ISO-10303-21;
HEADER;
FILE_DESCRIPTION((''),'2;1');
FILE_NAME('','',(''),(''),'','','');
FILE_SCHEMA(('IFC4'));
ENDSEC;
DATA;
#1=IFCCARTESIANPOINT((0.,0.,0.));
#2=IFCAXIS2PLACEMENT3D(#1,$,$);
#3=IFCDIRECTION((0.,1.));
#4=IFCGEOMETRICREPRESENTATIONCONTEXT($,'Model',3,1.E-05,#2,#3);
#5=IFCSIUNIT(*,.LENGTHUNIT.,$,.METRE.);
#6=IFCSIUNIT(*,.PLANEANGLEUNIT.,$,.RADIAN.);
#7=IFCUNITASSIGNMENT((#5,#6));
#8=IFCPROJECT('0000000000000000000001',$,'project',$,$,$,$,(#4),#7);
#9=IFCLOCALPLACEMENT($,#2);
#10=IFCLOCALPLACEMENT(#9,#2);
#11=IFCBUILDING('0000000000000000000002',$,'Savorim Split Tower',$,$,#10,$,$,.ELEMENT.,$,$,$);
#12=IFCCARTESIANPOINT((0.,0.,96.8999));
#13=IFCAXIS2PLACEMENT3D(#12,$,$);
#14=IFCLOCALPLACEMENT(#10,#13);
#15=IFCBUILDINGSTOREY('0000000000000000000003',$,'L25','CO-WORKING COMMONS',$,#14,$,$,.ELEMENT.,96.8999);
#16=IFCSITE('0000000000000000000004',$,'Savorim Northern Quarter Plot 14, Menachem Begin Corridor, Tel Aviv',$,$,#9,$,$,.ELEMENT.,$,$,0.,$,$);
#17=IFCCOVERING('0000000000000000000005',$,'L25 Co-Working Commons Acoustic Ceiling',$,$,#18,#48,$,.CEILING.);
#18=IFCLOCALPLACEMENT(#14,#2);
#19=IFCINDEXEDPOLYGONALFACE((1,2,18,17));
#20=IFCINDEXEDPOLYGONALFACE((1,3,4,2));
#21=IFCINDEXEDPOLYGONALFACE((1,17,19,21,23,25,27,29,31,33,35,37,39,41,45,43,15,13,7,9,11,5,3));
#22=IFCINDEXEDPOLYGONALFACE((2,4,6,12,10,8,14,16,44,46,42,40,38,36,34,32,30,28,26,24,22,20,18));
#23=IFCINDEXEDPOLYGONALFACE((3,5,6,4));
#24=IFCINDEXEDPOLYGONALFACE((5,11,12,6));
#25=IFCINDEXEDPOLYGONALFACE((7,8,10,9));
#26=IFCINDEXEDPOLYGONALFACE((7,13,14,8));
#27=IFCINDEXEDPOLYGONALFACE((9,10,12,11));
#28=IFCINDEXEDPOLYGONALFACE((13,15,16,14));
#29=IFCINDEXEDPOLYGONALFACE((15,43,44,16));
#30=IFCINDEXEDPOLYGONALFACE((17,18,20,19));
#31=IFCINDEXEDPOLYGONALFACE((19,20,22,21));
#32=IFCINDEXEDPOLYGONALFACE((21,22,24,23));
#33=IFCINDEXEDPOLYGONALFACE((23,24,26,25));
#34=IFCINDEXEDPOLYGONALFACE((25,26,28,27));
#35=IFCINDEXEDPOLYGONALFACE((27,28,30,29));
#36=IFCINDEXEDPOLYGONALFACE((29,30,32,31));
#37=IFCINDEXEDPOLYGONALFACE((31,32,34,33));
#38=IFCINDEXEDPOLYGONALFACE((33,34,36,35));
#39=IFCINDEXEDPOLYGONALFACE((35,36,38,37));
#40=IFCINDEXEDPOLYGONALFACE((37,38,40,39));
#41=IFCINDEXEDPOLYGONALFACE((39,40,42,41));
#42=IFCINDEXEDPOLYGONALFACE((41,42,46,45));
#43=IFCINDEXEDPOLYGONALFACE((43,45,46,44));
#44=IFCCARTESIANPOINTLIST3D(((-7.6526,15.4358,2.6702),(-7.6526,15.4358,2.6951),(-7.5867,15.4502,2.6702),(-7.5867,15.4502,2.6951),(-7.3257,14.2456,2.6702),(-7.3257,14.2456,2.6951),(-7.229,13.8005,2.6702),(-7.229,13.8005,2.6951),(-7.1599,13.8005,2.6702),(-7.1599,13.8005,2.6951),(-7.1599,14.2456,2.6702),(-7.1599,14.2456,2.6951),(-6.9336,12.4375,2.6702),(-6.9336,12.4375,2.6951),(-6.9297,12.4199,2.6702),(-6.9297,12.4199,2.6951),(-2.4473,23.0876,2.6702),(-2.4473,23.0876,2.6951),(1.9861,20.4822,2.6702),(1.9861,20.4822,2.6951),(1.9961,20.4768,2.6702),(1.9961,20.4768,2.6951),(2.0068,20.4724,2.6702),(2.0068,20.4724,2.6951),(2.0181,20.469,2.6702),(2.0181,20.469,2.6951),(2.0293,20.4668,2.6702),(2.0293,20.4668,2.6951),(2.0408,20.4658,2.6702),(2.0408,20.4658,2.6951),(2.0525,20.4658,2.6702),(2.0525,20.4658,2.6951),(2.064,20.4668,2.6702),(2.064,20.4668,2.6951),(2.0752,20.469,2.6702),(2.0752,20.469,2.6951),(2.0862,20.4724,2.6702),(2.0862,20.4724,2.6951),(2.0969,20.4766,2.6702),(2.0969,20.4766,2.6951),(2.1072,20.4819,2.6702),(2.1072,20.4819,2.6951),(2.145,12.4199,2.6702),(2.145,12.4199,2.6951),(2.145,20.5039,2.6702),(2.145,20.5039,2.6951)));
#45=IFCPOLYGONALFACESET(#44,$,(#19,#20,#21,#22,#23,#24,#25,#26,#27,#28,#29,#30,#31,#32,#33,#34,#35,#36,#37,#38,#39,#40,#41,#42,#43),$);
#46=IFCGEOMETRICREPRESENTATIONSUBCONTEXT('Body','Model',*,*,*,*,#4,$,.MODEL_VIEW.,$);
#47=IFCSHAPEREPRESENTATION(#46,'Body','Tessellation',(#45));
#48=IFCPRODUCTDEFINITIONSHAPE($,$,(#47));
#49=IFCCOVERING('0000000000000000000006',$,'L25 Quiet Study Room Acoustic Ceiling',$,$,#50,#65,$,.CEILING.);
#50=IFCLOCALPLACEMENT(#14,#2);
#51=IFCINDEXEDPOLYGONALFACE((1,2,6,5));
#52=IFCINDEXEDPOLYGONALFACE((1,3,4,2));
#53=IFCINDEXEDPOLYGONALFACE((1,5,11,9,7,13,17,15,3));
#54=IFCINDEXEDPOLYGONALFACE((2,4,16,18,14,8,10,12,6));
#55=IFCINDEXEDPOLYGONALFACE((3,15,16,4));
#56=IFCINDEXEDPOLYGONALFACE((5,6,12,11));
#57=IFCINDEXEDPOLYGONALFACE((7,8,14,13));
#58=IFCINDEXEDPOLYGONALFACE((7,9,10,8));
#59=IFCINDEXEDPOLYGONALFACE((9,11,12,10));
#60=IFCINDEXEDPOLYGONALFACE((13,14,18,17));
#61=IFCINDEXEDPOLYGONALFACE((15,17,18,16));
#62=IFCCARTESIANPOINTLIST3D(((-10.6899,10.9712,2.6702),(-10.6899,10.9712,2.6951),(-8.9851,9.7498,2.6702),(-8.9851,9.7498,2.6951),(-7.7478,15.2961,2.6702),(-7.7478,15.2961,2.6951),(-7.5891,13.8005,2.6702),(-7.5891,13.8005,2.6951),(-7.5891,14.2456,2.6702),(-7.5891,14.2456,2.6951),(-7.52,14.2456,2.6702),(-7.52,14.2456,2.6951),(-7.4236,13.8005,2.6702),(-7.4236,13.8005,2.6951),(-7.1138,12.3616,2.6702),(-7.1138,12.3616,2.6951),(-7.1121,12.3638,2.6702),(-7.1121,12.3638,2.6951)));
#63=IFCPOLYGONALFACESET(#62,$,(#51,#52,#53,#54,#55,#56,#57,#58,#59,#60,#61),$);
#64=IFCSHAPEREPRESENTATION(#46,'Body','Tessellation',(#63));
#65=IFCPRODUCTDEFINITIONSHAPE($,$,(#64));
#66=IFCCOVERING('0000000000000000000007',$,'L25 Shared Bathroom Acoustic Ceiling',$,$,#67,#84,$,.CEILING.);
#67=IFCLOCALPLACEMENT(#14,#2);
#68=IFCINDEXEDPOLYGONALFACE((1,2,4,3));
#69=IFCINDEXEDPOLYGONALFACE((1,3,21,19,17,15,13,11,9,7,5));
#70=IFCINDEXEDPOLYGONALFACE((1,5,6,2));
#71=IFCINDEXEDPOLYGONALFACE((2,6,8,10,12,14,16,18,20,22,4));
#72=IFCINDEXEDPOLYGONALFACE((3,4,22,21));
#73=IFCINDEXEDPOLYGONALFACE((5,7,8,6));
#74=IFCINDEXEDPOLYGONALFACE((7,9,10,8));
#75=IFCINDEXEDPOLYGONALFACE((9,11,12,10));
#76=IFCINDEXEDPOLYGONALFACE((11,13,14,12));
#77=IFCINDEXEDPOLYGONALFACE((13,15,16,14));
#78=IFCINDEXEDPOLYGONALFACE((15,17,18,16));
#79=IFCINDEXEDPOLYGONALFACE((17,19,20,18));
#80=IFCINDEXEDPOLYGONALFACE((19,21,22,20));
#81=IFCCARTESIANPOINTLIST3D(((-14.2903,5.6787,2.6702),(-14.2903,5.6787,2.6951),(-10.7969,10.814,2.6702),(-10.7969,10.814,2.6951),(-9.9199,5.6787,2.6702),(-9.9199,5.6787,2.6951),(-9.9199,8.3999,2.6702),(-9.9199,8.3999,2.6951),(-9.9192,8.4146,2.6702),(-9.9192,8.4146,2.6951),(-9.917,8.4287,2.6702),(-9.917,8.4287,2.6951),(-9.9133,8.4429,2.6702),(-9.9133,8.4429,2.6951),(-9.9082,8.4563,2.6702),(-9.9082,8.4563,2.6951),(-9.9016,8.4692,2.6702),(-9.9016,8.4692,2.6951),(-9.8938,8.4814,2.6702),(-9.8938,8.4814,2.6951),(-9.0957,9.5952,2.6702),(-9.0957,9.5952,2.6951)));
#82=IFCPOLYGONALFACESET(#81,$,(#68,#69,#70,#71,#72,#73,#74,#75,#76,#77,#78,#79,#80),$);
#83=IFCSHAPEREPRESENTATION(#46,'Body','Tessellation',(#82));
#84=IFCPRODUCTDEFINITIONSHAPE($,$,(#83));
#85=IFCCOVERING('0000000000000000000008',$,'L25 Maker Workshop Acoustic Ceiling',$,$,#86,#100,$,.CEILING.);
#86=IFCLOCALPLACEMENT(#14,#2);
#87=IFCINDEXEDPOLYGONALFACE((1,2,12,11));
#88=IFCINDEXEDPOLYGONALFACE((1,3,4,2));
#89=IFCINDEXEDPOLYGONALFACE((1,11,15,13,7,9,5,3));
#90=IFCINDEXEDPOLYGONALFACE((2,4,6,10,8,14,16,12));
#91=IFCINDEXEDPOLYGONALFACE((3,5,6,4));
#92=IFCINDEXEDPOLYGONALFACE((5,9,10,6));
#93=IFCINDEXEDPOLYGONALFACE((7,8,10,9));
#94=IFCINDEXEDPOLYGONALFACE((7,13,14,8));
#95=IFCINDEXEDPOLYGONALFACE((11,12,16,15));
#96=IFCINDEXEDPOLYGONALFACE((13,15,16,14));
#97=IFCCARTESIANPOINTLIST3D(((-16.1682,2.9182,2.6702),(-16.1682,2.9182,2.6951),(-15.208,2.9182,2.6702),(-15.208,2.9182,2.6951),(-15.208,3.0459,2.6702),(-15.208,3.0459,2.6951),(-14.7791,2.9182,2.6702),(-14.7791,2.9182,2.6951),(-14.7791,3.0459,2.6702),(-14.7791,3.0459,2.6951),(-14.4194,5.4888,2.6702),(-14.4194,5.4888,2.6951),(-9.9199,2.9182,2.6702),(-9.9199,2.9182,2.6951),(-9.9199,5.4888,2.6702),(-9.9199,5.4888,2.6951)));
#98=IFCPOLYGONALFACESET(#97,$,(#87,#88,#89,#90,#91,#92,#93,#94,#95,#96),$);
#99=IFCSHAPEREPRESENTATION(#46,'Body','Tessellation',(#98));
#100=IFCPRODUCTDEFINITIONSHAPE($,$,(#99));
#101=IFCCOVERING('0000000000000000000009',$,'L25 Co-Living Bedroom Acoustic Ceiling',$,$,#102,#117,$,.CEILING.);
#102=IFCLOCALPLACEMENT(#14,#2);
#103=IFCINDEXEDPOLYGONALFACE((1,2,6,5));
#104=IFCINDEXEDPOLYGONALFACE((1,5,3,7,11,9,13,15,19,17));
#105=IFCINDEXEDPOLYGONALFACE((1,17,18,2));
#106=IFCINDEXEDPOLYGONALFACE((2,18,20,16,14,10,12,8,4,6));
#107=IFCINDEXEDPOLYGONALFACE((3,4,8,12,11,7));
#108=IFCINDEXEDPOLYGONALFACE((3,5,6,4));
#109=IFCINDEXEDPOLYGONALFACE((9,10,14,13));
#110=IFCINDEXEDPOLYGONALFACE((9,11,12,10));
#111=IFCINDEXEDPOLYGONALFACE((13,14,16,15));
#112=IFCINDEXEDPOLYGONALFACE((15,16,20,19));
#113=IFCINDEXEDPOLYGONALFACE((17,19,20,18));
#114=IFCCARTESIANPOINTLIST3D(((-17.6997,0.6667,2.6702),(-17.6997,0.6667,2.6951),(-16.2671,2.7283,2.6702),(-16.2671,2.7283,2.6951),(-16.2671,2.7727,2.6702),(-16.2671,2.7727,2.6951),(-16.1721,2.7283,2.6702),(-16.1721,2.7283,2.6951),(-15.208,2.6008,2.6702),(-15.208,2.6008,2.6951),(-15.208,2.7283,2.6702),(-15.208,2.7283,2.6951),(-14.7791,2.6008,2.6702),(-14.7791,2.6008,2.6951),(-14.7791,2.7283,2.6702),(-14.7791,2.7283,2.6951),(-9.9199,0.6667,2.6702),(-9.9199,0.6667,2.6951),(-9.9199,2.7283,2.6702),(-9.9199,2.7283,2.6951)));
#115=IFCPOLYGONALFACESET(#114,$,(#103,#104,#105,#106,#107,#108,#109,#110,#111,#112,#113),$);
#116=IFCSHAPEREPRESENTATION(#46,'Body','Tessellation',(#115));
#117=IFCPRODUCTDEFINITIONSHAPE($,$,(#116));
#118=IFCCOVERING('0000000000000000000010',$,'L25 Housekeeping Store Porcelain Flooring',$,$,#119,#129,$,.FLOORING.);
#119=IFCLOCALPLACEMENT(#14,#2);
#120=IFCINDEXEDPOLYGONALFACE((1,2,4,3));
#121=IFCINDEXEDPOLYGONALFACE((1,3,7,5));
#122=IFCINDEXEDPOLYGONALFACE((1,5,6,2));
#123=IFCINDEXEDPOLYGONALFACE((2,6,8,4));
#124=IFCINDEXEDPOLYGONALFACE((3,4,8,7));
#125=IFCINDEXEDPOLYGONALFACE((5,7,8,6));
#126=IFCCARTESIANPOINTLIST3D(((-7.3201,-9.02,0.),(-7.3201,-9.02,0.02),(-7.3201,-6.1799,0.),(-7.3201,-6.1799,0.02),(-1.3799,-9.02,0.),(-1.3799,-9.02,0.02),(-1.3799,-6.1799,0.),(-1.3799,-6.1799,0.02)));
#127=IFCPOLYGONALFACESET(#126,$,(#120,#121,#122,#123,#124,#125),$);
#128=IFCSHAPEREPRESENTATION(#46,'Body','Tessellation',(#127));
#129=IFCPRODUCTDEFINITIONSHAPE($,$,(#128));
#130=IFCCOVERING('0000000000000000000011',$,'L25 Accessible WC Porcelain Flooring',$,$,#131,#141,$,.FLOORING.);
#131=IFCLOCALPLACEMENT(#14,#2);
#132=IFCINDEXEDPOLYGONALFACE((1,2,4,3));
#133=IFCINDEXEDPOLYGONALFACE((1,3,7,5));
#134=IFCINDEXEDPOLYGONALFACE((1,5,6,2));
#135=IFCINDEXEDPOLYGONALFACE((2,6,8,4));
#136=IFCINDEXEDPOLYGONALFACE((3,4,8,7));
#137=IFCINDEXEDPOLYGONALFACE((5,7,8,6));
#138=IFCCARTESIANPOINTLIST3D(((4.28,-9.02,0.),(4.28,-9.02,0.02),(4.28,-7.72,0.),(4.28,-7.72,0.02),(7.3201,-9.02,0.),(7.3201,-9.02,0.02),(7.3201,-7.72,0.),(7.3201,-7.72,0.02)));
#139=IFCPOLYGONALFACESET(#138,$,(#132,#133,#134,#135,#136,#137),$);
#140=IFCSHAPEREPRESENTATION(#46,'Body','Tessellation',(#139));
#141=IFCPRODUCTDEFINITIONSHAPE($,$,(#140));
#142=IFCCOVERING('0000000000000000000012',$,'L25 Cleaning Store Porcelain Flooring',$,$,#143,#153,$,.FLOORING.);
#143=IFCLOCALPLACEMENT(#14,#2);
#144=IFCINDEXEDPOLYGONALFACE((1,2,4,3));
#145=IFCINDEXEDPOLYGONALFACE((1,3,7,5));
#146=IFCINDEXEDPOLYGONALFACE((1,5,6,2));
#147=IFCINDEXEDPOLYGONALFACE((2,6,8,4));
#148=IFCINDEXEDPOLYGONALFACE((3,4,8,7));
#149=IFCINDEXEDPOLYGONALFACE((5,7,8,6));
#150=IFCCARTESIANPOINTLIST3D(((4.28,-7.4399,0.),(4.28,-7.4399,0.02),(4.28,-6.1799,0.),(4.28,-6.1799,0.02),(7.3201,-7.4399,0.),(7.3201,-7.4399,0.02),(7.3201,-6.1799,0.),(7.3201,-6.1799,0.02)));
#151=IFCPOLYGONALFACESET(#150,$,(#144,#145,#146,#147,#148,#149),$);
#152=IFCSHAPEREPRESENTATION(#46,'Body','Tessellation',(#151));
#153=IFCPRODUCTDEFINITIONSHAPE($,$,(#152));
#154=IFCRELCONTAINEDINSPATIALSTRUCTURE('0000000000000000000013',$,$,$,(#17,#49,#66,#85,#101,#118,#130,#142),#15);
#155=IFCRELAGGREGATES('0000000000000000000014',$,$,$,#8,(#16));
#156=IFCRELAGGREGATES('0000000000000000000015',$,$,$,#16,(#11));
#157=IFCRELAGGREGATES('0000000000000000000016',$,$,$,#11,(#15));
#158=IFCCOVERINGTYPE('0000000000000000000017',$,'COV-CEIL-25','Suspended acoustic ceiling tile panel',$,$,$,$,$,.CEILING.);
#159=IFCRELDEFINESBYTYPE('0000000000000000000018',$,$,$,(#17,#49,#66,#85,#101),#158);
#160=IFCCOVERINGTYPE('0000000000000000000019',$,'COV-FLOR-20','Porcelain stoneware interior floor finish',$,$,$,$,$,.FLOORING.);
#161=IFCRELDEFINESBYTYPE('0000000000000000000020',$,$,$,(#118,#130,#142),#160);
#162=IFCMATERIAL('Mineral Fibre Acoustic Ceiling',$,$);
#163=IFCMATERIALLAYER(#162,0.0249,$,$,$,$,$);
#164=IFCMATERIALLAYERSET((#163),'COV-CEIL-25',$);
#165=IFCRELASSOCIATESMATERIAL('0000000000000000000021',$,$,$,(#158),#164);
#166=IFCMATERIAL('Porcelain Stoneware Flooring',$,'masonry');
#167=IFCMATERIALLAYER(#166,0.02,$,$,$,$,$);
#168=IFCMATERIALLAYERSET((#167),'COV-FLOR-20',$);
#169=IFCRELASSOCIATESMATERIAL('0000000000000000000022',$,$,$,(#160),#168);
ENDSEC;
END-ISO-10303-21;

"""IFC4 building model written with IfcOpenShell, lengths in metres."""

from ifc_helpers import new_model, si_unit, direction, frame, origin, place, context, subcontext, project, spatial, polyline, outline, extrude, material, layer, layer_set, type_object, element, save


model = new_model("IFC4")

# Units and contexts
model_context = context("Model", 3, precision=1e-05, world=origin(), true_north=direction((0.0, 1.0)))
body_context = subcontext(model_context, "Body", "Model", "MODEL_VIEW")
ifc_project = project(units=[si_unit("LENGTHUNIT", "METRE"), si_unit("PLANEANGLEUNIT", "RADIAN")], contexts=[model_context])

# Site, building, storey
site_placement = place(None, origin())
site = spatial("IfcSite", under=ifc_project, at=site_placement, Name="Savorim Northern Quarter Plot 14, Menachem Begin Corridor, Tel Aviv", CompositionType="ELEMENT", RefElevation=0.0)
building_placement = place(site_placement, origin())
building = spatial("IfcBuilding", under=site, at=building_placement, Name="Savorim Split Tower", CompositionType="ELEMENT")
storey_placement = place(building_placement, frame((0.0, 0.0, 96.8999)))
storey = spatial("IfcBuildingStorey", under=building, at=storey_placement, Name="L25", Description="CO-WORKING COMMONS", CompositionType="ELEMENT", Elevation=96.8999)

# Coverings
ifc_material_1 = material(Name="Mineral Fibre Acoustic Ceiling")
ifc_layer_1 = layer(ifc_material_1, 0.0249)
ifc_layer_set_1 = layer_set([ifc_layer_1], Name="COV-CEIL-25")
covering_type_1 = type_object("IfcCoveringType", Name="COV-CEIL-25", Description="Suspended acoustic ceiling tile panel", PredefinedType="CEILING", material=ifc_layer_set_1)
covering_1_placement = place(storey_placement, frame((0.0, 0.0, 2.6702)))
element("IfcCovering", 1, at=covering_1_placement, inside=storey, type_object=covering_type_1, Name="L25 Co-Working Commons Acoustic Ceiling", PredefinedType="CEILING", context=body_context, shape_type="SweptSolid", body=[
    extrude(outline(polyline([(2.0068, 20.4724), (1.9961, 20.4768), (1.9861, 20.4822), (-2.4473, 23.0876), (-7.6526, 15.4358), (-7.5867, 15.4502), (-7.3257, 14.2456), (-7.1599, 14.2456), (-7.1599, 13.8005), (-7.229, 13.8005), (-6.9336, 12.4375), (-6.9297, 12.4199), (2.145, 12.4199), (2.145, 20.5039), (2.1072, 20.4819), (2.0969, 20.4766), (2.0862, 20.4724), (2.0752, 20.469), (2.064, 20.4668), (2.0525, 20.4658), (2.0408, 20.4658), (2.0293, 20.4668), (2.0181, 20.469), (2.0068, 20.4724)])), origin(), (0.0, 0.0, 1.0), 0.0249),
])
covering_2_placement = place(storey_placement, frame((0.0, 0.0, 2.6702)))
element("IfcCovering", 2, at=covering_2_placement, inside=storey, type_object=covering_type_1, Name="L25 Quiet Study Room Acoustic Ceiling", PredefinedType="CEILING", context=body_context, shape_type="SweptSolid", body=[
    extrude(outline(polyline([(-8.9851, 9.7498), (-7.1138, 12.3616), (-7.1121, 12.3638), (-7.4236, 13.8005), (-7.5891, 13.8005), (-7.5891, 14.2456), (-7.52, 14.2456), (-7.7478, 15.2961), (-10.6899, 10.9712), (-8.9851, 9.7498)])), origin(), (0.0, 0.0, 1.0), 0.0249),
])
covering_3_placement = place(storey_placement, frame((0.0, 0.0, 2.6702)))
element("IfcCovering", 3, at=covering_3_placement, inside=storey, type_object=covering_type_1, Name="L25 Shared Bathroom Acoustic Ceiling", PredefinedType="CEILING", context=body_context, shape_type="SweptSolid", body=[
    extrude(outline(polyline([(-9.9082, 8.4563), (-9.9016, 8.4692), (-9.8938, 8.4814), (-9.0957, 9.5952), (-10.7969, 10.814), (-14.2903, 5.6787), (-9.9199, 5.6787), (-9.9199, 8.3999), (-9.9192, 8.4146), (-9.917, 8.4287), (-9.9133, 8.4429), (-9.9082, 8.4563)])), origin(), (0.0, 0.0, 1.0), 0.0249),
])
covering_4_placement = place(storey_placement, frame((0.0, 0.0, 2.6702)))
element("IfcCovering", 4, at=covering_4_placement, inside=storey, type_object=covering_type_1, Name="L25 Maker Workshop Acoustic Ceiling", PredefinedType="CEILING", context=body_context, shape_type="SweptSolid", body=[
    extrude(outline(polyline([(-14.7791, 3.0459), (-14.7791, 2.9182), (-9.9199, 2.9182), (-9.9199, 5.4888), (-14.4194, 5.4888), (-16.1682, 2.9182), (-15.208, 2.9182), (-15.208, 3.0459), (-14.7791, 3.0459)])), origin(), (0.0, 0.0, 1.0), 0.0249),
])
covering_5_placement = place(storey_placement, frame((0.0, 0.0, 2.6702)))
element("IfcCovering", 5, at=covering_5_placement, inside=storey, type_object=covering_type_1, Name="L25 Co-Living Bedroom Acoustic Ceiling", PredefinedType="CEILING", context=body_context, shape_type="SweptSolid", body=[
    extrude(outline(polyline([(-15.208, 2.7283), (-16.1721, 2.7283), (-16.2671, 2.7283), (-16.2671, 2.7727), (-17.6997, 0.6667), (-9.9199, 0.6667), (-9.9199, 2.7283), (-14.7791, 2.7283), (-14.7791, 2.6008), (-15.208, 2.6008), (-15.208, 2.7283)])), origin(), (0.0, 0.0, 1.0), 0.0249),
])
ifc_material_2 = material(Name="Porcelain Stoneware Flooring", Category="masonry")
ifc_layer_2 = layer(ifc_material_2, 0.02)
ifc_layer_set_2 = layer_set([ifc_layer_2], Name="COV-FLOR-20")
covering_type_2 = type_object("IfcCoveringType", Name="COV-FLOR-20", Description="Porcelain stoneware interior floor finish", PredefinedType="FLOORING", material=ifc_layer_set_2)
covering_6_placement = place(storey_placement, origin())
element("IfcCovering", 6, at=covering_6_placement, inside=storey, type_object=covering_type_2, Name="L25 Housekeeping Store Porcelain Flooring", PredefinedType="FLOORING", context=body_context, shape_type="SweptSolid", body=[
    extrude(outline(polyline([(-7.3201, -6.1799), (-7.3201, -9.02), (-1.3799, -9.02), (-1.3799, -6.1799), (-7.3201, -6.1799)])), origin(), (0.0, 0.0, 1.0), 0.02),
])
covering_7_placement = place(storey_placement, origin())
element("IfcCovering", 7, at=covering_7_placement, inside=storey, type_object=covering_type_2, Name="L25 Accessible WC Porcelain Flooring", PredefinedType="FLOORING", context=body_context, shape_type="SweptSolid", body=[
    extrude(outline(polyline([(4.28, -7.72), (4.28, -9.02), (7.3201, -9.02), (7.3201, -7.72), (4.28, -7.72)])), origin(), (0.0, 0.0, 1.0), 0.02),
])
covering_8_placement = place(storey_placement, origin())
element("IfcCovering", 8, at=covering_8_placement, inside=storey, type_object=covering_type_2, Name="L25 Cleaning Store Porcelain Flooring", PredefinedType="FLOORING", context=body_context, shape_type="SweptSolid", body=[
    extrude(outline(polyline([(4.28, -6.1799), (4.28, -7.4399), (7.3201, -7.4399), (7.3201, -6.1799), (4.28, -6.1799)])), origin(), (0.0, 0.0, 1.0), 0.02),
])

save(model, "model.ifc")
